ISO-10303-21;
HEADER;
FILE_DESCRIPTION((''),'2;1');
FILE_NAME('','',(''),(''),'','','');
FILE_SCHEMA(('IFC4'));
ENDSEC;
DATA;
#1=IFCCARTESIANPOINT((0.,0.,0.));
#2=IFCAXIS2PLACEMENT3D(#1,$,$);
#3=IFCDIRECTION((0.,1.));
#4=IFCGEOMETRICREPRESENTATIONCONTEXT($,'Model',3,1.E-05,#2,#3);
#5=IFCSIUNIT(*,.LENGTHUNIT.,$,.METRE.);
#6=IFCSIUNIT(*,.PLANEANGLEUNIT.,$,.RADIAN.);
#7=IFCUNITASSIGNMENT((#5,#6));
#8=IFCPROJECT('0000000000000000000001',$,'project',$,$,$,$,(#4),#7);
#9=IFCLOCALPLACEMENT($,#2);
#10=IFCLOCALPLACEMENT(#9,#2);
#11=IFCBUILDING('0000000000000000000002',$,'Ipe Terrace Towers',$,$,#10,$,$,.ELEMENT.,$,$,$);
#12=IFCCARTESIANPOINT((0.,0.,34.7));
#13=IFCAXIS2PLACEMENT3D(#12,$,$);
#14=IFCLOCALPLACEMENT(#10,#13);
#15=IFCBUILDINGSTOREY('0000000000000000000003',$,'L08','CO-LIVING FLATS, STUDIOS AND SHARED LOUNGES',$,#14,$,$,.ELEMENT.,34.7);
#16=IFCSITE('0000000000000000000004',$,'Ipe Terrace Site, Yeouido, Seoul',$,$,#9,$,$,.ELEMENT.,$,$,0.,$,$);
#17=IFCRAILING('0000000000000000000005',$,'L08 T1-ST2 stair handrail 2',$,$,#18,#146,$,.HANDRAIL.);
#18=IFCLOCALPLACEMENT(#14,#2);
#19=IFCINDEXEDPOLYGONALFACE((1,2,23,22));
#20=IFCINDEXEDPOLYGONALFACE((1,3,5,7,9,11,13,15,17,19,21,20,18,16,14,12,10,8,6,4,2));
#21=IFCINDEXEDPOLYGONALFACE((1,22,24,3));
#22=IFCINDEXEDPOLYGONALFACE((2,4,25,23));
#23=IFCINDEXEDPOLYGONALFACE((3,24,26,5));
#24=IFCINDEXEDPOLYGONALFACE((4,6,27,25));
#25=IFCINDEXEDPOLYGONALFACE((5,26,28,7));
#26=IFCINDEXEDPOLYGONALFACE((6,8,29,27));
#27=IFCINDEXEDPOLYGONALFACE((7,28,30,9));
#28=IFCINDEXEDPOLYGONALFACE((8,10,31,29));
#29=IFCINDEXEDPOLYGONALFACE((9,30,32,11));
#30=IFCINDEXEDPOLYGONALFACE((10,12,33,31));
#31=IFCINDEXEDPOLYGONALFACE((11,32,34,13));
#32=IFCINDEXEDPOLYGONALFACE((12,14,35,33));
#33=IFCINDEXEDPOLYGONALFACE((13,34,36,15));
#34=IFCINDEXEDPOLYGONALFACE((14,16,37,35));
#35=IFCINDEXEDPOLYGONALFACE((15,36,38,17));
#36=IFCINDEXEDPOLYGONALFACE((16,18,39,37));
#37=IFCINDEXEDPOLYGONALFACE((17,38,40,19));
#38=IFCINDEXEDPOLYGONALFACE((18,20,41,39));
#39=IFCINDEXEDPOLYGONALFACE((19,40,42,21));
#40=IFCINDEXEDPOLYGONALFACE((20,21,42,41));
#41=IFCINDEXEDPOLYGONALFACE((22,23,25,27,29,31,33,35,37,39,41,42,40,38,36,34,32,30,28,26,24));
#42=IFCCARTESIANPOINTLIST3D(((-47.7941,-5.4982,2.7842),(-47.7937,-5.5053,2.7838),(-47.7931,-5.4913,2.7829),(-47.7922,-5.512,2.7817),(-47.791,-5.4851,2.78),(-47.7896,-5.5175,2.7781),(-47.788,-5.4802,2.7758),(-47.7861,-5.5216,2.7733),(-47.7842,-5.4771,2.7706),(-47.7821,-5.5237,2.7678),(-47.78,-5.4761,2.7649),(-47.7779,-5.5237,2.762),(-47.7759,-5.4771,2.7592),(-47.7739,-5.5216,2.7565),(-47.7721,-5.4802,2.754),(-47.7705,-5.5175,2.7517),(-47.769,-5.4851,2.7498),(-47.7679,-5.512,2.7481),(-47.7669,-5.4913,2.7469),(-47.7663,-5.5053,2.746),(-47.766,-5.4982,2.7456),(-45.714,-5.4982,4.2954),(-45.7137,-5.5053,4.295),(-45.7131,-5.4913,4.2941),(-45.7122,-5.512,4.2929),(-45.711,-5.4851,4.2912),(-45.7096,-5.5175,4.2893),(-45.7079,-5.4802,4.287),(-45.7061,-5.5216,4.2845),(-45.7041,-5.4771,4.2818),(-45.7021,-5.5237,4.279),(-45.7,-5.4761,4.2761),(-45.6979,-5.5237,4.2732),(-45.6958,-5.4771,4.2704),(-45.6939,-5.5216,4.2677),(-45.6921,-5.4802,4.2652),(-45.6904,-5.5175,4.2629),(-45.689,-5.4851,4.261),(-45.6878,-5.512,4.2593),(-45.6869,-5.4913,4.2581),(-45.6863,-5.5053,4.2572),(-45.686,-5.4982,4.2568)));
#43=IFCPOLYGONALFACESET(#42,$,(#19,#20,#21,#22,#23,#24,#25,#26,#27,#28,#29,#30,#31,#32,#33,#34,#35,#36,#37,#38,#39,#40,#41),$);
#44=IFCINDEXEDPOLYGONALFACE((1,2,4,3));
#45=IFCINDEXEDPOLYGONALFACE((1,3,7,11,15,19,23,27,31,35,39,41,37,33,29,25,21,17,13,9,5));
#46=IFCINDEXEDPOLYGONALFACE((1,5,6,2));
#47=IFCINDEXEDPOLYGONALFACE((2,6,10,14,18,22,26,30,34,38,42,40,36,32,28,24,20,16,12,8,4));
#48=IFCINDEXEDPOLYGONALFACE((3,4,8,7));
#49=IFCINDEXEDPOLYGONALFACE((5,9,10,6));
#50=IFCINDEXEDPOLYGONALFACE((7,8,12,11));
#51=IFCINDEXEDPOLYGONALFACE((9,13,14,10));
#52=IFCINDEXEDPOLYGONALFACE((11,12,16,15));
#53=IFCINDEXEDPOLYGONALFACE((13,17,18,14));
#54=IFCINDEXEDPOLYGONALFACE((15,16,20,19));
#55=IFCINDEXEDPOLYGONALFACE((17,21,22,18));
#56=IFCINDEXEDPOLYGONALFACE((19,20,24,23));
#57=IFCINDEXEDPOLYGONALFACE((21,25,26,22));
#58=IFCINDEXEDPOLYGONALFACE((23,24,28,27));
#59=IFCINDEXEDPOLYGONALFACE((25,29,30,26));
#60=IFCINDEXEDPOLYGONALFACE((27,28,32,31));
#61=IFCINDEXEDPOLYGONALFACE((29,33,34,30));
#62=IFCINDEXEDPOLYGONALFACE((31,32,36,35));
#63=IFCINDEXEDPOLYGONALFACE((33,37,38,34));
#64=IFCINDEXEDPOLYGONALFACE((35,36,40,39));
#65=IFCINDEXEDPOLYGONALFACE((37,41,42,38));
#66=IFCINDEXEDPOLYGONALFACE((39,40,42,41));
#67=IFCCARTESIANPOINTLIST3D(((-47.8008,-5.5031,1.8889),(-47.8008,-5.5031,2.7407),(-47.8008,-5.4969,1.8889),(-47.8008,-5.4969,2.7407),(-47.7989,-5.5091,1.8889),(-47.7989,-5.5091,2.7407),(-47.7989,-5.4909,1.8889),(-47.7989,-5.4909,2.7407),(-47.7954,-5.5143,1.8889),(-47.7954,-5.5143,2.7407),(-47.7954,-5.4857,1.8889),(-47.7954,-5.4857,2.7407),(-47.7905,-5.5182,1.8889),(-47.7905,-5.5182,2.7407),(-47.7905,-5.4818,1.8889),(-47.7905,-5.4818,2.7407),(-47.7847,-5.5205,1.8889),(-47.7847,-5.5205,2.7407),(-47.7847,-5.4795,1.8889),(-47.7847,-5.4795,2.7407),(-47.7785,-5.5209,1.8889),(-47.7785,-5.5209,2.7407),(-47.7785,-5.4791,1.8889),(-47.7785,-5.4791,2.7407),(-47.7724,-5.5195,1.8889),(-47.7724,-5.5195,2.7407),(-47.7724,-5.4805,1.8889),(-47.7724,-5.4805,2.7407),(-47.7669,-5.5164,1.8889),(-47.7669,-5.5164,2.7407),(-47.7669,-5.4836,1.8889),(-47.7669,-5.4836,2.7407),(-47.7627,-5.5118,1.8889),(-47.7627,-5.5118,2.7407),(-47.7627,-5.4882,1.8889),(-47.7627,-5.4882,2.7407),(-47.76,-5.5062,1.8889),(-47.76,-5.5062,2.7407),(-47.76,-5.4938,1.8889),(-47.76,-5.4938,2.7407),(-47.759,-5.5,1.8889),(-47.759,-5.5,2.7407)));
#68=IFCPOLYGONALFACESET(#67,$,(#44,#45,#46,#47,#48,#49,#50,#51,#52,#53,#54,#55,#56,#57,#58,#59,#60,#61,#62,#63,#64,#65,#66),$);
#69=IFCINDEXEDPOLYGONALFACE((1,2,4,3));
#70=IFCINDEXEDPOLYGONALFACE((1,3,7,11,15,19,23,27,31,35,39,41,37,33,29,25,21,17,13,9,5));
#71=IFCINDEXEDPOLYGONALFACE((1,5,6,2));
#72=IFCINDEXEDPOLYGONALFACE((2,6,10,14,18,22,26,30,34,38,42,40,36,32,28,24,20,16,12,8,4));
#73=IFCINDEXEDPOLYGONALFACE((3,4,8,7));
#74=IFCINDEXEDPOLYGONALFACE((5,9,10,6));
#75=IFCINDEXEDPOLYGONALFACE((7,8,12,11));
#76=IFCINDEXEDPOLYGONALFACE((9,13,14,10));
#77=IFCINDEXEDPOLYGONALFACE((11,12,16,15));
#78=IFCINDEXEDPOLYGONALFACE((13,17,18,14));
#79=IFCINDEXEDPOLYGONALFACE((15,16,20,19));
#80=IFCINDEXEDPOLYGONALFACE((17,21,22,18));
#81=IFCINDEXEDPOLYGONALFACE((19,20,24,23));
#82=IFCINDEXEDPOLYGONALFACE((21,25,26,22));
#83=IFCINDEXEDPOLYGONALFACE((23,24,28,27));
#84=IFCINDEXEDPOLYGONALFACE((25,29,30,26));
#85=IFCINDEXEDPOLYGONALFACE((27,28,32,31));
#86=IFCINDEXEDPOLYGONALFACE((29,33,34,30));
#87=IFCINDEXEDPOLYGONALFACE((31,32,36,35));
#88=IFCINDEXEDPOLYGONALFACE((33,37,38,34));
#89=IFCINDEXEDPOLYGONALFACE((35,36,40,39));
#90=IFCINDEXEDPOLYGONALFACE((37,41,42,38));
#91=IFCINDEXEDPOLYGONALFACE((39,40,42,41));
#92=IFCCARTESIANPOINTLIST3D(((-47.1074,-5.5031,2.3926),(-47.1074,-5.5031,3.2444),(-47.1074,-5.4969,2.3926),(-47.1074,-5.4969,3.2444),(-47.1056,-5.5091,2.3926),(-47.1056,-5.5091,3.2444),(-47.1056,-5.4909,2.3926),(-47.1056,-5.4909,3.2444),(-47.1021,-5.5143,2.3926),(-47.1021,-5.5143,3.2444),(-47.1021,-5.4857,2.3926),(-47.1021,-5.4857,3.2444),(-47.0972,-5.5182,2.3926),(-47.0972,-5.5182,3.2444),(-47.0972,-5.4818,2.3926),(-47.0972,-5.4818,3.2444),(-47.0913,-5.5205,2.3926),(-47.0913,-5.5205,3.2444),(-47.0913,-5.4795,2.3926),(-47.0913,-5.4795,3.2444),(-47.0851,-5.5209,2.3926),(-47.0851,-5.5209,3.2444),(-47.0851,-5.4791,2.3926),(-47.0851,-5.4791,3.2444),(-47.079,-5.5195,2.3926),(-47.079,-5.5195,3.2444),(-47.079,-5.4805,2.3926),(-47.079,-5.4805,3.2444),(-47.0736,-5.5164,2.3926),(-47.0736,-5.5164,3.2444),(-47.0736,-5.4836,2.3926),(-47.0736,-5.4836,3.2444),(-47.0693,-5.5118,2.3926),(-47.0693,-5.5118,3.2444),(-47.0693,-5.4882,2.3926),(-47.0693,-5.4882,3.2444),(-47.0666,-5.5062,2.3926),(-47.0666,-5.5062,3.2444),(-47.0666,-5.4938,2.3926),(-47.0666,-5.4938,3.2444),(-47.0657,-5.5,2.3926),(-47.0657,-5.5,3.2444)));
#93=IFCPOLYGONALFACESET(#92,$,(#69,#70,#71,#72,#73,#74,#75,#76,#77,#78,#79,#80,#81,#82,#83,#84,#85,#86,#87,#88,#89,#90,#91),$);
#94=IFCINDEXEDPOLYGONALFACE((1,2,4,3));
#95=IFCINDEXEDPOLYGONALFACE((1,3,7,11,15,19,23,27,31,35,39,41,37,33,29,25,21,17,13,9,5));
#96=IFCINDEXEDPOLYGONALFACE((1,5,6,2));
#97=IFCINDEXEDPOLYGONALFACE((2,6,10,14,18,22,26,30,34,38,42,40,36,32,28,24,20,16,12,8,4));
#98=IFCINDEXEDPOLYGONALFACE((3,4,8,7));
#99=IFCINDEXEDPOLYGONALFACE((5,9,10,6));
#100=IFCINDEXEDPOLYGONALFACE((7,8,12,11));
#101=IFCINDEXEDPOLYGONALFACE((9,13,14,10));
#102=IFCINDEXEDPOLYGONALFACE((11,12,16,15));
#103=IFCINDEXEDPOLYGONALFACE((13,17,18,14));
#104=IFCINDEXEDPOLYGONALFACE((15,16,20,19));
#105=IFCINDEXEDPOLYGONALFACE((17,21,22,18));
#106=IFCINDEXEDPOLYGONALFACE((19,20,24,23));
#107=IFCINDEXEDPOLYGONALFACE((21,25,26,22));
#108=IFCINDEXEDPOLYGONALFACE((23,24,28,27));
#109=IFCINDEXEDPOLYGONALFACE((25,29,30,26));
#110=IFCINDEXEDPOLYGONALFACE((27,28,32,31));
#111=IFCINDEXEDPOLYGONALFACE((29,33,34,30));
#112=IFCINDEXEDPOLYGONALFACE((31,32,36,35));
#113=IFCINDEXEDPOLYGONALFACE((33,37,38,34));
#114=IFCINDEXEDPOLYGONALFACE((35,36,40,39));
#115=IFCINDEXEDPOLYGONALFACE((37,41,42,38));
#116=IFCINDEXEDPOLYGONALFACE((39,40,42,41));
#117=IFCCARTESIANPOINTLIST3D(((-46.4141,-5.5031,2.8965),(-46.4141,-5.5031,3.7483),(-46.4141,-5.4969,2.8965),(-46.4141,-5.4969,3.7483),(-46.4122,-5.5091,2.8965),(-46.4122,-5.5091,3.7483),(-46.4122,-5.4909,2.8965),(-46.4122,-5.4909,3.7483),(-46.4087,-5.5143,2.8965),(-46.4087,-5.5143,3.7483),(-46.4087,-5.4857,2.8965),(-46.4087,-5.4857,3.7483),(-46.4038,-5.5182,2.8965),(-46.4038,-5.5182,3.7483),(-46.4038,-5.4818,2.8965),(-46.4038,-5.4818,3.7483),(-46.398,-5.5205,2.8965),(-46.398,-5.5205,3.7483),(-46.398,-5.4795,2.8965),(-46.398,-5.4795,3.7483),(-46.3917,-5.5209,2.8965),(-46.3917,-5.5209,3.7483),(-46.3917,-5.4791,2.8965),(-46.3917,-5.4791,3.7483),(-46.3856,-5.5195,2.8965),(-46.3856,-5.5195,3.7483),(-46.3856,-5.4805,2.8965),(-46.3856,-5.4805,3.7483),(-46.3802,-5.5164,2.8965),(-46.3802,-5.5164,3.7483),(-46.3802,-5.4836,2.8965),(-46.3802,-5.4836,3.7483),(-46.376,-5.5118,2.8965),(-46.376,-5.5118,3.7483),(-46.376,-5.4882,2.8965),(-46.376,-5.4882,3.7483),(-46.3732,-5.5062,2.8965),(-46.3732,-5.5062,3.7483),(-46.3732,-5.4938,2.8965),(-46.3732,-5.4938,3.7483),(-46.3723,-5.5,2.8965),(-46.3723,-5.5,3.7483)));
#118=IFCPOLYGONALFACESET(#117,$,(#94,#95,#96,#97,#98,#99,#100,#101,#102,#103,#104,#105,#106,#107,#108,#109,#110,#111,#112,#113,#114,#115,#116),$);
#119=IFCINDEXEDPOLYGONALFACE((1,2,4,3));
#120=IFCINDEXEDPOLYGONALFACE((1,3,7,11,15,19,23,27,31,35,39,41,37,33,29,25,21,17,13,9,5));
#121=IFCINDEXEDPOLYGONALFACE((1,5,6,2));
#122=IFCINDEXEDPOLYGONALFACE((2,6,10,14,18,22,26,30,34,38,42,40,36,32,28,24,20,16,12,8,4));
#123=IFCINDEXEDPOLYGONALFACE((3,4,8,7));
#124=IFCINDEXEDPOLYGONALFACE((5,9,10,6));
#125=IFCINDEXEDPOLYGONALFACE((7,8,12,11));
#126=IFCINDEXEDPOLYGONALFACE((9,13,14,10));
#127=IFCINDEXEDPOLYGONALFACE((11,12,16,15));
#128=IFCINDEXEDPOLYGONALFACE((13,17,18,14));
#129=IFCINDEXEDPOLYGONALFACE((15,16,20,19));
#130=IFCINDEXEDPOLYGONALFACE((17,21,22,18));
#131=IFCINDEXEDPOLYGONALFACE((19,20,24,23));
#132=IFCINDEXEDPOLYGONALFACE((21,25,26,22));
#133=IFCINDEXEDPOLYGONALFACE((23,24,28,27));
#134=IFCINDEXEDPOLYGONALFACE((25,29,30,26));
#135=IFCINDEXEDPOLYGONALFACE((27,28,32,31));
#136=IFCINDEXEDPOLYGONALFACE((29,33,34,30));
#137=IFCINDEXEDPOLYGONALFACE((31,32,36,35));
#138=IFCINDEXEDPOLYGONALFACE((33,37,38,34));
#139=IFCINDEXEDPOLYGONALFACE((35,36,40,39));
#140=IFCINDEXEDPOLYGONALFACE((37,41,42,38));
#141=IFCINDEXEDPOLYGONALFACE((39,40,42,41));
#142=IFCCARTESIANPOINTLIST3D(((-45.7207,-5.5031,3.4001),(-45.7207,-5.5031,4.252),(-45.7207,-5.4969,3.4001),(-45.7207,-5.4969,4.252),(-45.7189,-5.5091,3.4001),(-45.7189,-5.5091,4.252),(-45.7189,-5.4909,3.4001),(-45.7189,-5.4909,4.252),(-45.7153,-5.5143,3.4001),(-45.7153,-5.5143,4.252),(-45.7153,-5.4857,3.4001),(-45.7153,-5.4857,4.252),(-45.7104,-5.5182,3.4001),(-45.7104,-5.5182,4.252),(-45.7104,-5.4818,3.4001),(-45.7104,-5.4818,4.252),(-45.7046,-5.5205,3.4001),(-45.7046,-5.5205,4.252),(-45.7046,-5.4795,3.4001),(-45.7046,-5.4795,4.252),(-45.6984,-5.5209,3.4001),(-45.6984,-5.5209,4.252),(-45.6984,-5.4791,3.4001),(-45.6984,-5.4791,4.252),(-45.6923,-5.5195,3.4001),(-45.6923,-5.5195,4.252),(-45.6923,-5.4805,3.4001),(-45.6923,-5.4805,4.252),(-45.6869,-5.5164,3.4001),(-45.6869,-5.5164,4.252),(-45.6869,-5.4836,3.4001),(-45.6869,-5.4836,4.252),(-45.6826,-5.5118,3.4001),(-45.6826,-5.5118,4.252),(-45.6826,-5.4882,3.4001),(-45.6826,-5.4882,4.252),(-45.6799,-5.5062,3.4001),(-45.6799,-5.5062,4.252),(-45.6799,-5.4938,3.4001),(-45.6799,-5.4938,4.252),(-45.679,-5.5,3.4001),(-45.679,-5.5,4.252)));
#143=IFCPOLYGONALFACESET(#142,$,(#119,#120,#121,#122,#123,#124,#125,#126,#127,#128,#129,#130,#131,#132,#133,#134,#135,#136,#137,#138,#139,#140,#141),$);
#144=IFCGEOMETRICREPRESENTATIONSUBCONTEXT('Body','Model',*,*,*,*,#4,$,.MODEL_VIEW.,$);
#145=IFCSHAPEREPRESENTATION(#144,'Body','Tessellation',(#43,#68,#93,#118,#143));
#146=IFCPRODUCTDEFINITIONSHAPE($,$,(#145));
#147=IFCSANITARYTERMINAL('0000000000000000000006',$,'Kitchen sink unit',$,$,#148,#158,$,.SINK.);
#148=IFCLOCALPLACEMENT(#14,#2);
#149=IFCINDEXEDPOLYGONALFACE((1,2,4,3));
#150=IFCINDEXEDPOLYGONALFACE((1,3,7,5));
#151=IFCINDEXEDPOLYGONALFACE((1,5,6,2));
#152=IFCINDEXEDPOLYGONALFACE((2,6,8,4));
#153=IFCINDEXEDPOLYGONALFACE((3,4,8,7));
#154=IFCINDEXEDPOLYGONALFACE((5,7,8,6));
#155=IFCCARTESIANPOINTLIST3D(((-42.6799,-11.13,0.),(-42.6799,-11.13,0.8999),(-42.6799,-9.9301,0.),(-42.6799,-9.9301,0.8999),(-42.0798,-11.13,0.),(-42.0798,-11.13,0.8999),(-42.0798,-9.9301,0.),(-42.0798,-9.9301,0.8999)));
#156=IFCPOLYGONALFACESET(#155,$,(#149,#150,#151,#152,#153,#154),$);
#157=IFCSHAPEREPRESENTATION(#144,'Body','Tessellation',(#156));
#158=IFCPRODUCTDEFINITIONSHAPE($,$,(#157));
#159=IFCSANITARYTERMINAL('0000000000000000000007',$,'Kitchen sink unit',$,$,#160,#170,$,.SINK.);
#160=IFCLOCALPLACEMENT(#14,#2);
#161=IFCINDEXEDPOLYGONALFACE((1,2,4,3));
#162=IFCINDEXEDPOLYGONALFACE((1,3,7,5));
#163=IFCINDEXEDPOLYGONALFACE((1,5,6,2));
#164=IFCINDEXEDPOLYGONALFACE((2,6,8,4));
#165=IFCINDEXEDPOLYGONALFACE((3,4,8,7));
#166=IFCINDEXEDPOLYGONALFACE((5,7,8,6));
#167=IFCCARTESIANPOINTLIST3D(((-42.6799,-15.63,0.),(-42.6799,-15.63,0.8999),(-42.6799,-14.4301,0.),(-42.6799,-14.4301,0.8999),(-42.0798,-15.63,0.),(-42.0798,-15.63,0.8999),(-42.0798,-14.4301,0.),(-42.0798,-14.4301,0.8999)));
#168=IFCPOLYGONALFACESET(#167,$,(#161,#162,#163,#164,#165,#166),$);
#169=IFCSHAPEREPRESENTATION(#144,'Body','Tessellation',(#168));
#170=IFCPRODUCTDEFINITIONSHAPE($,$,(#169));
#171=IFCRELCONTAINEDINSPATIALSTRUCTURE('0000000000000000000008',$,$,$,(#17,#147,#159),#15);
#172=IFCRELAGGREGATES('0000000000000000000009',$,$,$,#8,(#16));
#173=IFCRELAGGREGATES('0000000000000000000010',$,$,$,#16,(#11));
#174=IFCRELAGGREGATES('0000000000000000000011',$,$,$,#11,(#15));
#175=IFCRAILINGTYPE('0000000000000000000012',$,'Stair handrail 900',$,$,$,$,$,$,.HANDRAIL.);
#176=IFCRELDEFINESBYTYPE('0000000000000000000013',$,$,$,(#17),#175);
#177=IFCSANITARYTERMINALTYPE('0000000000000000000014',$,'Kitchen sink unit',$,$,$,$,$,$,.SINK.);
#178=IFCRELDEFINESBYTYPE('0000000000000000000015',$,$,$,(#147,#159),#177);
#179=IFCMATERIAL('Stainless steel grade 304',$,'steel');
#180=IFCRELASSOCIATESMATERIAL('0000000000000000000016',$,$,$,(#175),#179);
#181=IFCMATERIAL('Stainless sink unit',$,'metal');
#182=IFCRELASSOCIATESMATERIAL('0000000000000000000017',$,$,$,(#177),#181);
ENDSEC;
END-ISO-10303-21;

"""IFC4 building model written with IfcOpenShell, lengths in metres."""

from ifc_helpers import new_model, si_unit, direction, frame, origin, origin_2d, place, context, subcontext, project, spatial, rectangle, circle, extrude, material, type_object, element, save


model = new_model("IFC4")

# Units and contexts
model_context = context("Model", 3, precision=1e-05, world=origin(), true_north=direction((0.0, 1.0)))
body_context = subcontext(model_context, "Body", "Model", "MODEL_VIEW")
ifc_project = project(units=[si_unit("LENGTHUNIT", "METRE"), si_unit("PLANEANGLEUNIT", "RADIAN")], contexts=[model_context])

# Site, building, storey
site_placement = place(None, origin())
site = spatial("IfcSite", under=ifc_project, at=site_placement, Name="Ipe Terrace Site, Yeouido, Seoul", CompositionType="ELEMENT", RefElevation=0.0)
building_placement = place(site_placement, origin())
building = spatial("IfcBuilding", under=site, at=building_placement, Name="Ipe Terrace Towers", CompositionType="ELEMENT")
storey_placement = place(building_placement, frame((0.0, 0.0, 34.7)))
storey = spatial("IfcBuildingStorey", under=building, at=storey_placement, Name="L08", Description="CO-LIVING FLATS, STUDIOS AND SHARED LOUNGES", CompositionType="ELEMENT", Elevation=34.7)

# Railing
ifc_material_1 = material(Name="Stainless steel grade 304", Category="steel")
railing_type_1 = type_object("IfcRailingType", Name="Stair handrail 900", PredefinedType="HANDRAIL", material=ifc_material_1)
railing_1_placement = place(storey_placement, frame((-47.78, -5.5, 1.8889)))
element("IfcRailing", 1, at=railing_1_placement, inside=storey, type_object=railing_type_1, Name="L08 T1-ST2 stair handrail 2", PredefinedType="HANDRAIL", context=body_context, shape_type="SweptSolid", body=[
    extrude(circle(Radius=0.0239, at=origin_2d()), frame((0.0, 0.0, 0.876), z_axis=(0.809023, 0.0, 0.587776), x_axis=(0.0, 1.0, 0.0)), (0.0, 0.0, 1.0), 2.571),
    extrude(circle(Radius=0.021, at=origin_2d()), origin(), (0.0, 0.0, 1.0), 0.8518),
    extrude(circle(Radius=0.021, at=origin_2d()), frame((0.6934, 0.0, 0.5037)), (0.0, 0.0, 1.0), 0.8518),
    extrude(circle(Radius=0.021, at=origin_2d()), frame((1.3867, 0.0, 1.0076)), (0.0, 0.0, 1.0), 0.8518),
    extrude(circle(Radius=0.021, at=origin_2d()), frame((2.0801, 0.0, 1.5112)), (0.0, 0.0, 1.0), 0.8518),
])

# Sanitary terminals
ifc_material_2 = material(Name="Stainless sink unit", Category="metal")
sanitary_terminal_type = type_object("IfcSanitaryTerminalType", Name="Kitchen sink unit", PredefinedType="SINK", material=ifc_material_2)
for number, where, z_axis, x_axis, name in (
    (2, (-42.3799, -10.53, 0.0), (0.0, 0.0, 1.0), (0.0, 1.0, 0.0), "Kitchen sink unit"),
    (3, (-42.3799, -15.03, 0.0), (0.0, 0.0, 1.0), (0.0, 1.0, 0.0), "Kitchen sink unit"),
):
    element("IfcSanitaryTerminal", number, at=place(storey_placement, frame(where, z_axis=z_axis, x_axis=x_axis)), inside=storey, type_object=sanitary_terminal_type, Name=name, PredefinedType="SINK", context=body_context, shape_type="SweptSolid", body=[
        extrude(rectangle(XDim=1.2, YDim=0.6001, at=origin_2d()), origin(), (0.0, 0.0, 1.0), 0.8999),
    ])

save(model, "model.ifc")
